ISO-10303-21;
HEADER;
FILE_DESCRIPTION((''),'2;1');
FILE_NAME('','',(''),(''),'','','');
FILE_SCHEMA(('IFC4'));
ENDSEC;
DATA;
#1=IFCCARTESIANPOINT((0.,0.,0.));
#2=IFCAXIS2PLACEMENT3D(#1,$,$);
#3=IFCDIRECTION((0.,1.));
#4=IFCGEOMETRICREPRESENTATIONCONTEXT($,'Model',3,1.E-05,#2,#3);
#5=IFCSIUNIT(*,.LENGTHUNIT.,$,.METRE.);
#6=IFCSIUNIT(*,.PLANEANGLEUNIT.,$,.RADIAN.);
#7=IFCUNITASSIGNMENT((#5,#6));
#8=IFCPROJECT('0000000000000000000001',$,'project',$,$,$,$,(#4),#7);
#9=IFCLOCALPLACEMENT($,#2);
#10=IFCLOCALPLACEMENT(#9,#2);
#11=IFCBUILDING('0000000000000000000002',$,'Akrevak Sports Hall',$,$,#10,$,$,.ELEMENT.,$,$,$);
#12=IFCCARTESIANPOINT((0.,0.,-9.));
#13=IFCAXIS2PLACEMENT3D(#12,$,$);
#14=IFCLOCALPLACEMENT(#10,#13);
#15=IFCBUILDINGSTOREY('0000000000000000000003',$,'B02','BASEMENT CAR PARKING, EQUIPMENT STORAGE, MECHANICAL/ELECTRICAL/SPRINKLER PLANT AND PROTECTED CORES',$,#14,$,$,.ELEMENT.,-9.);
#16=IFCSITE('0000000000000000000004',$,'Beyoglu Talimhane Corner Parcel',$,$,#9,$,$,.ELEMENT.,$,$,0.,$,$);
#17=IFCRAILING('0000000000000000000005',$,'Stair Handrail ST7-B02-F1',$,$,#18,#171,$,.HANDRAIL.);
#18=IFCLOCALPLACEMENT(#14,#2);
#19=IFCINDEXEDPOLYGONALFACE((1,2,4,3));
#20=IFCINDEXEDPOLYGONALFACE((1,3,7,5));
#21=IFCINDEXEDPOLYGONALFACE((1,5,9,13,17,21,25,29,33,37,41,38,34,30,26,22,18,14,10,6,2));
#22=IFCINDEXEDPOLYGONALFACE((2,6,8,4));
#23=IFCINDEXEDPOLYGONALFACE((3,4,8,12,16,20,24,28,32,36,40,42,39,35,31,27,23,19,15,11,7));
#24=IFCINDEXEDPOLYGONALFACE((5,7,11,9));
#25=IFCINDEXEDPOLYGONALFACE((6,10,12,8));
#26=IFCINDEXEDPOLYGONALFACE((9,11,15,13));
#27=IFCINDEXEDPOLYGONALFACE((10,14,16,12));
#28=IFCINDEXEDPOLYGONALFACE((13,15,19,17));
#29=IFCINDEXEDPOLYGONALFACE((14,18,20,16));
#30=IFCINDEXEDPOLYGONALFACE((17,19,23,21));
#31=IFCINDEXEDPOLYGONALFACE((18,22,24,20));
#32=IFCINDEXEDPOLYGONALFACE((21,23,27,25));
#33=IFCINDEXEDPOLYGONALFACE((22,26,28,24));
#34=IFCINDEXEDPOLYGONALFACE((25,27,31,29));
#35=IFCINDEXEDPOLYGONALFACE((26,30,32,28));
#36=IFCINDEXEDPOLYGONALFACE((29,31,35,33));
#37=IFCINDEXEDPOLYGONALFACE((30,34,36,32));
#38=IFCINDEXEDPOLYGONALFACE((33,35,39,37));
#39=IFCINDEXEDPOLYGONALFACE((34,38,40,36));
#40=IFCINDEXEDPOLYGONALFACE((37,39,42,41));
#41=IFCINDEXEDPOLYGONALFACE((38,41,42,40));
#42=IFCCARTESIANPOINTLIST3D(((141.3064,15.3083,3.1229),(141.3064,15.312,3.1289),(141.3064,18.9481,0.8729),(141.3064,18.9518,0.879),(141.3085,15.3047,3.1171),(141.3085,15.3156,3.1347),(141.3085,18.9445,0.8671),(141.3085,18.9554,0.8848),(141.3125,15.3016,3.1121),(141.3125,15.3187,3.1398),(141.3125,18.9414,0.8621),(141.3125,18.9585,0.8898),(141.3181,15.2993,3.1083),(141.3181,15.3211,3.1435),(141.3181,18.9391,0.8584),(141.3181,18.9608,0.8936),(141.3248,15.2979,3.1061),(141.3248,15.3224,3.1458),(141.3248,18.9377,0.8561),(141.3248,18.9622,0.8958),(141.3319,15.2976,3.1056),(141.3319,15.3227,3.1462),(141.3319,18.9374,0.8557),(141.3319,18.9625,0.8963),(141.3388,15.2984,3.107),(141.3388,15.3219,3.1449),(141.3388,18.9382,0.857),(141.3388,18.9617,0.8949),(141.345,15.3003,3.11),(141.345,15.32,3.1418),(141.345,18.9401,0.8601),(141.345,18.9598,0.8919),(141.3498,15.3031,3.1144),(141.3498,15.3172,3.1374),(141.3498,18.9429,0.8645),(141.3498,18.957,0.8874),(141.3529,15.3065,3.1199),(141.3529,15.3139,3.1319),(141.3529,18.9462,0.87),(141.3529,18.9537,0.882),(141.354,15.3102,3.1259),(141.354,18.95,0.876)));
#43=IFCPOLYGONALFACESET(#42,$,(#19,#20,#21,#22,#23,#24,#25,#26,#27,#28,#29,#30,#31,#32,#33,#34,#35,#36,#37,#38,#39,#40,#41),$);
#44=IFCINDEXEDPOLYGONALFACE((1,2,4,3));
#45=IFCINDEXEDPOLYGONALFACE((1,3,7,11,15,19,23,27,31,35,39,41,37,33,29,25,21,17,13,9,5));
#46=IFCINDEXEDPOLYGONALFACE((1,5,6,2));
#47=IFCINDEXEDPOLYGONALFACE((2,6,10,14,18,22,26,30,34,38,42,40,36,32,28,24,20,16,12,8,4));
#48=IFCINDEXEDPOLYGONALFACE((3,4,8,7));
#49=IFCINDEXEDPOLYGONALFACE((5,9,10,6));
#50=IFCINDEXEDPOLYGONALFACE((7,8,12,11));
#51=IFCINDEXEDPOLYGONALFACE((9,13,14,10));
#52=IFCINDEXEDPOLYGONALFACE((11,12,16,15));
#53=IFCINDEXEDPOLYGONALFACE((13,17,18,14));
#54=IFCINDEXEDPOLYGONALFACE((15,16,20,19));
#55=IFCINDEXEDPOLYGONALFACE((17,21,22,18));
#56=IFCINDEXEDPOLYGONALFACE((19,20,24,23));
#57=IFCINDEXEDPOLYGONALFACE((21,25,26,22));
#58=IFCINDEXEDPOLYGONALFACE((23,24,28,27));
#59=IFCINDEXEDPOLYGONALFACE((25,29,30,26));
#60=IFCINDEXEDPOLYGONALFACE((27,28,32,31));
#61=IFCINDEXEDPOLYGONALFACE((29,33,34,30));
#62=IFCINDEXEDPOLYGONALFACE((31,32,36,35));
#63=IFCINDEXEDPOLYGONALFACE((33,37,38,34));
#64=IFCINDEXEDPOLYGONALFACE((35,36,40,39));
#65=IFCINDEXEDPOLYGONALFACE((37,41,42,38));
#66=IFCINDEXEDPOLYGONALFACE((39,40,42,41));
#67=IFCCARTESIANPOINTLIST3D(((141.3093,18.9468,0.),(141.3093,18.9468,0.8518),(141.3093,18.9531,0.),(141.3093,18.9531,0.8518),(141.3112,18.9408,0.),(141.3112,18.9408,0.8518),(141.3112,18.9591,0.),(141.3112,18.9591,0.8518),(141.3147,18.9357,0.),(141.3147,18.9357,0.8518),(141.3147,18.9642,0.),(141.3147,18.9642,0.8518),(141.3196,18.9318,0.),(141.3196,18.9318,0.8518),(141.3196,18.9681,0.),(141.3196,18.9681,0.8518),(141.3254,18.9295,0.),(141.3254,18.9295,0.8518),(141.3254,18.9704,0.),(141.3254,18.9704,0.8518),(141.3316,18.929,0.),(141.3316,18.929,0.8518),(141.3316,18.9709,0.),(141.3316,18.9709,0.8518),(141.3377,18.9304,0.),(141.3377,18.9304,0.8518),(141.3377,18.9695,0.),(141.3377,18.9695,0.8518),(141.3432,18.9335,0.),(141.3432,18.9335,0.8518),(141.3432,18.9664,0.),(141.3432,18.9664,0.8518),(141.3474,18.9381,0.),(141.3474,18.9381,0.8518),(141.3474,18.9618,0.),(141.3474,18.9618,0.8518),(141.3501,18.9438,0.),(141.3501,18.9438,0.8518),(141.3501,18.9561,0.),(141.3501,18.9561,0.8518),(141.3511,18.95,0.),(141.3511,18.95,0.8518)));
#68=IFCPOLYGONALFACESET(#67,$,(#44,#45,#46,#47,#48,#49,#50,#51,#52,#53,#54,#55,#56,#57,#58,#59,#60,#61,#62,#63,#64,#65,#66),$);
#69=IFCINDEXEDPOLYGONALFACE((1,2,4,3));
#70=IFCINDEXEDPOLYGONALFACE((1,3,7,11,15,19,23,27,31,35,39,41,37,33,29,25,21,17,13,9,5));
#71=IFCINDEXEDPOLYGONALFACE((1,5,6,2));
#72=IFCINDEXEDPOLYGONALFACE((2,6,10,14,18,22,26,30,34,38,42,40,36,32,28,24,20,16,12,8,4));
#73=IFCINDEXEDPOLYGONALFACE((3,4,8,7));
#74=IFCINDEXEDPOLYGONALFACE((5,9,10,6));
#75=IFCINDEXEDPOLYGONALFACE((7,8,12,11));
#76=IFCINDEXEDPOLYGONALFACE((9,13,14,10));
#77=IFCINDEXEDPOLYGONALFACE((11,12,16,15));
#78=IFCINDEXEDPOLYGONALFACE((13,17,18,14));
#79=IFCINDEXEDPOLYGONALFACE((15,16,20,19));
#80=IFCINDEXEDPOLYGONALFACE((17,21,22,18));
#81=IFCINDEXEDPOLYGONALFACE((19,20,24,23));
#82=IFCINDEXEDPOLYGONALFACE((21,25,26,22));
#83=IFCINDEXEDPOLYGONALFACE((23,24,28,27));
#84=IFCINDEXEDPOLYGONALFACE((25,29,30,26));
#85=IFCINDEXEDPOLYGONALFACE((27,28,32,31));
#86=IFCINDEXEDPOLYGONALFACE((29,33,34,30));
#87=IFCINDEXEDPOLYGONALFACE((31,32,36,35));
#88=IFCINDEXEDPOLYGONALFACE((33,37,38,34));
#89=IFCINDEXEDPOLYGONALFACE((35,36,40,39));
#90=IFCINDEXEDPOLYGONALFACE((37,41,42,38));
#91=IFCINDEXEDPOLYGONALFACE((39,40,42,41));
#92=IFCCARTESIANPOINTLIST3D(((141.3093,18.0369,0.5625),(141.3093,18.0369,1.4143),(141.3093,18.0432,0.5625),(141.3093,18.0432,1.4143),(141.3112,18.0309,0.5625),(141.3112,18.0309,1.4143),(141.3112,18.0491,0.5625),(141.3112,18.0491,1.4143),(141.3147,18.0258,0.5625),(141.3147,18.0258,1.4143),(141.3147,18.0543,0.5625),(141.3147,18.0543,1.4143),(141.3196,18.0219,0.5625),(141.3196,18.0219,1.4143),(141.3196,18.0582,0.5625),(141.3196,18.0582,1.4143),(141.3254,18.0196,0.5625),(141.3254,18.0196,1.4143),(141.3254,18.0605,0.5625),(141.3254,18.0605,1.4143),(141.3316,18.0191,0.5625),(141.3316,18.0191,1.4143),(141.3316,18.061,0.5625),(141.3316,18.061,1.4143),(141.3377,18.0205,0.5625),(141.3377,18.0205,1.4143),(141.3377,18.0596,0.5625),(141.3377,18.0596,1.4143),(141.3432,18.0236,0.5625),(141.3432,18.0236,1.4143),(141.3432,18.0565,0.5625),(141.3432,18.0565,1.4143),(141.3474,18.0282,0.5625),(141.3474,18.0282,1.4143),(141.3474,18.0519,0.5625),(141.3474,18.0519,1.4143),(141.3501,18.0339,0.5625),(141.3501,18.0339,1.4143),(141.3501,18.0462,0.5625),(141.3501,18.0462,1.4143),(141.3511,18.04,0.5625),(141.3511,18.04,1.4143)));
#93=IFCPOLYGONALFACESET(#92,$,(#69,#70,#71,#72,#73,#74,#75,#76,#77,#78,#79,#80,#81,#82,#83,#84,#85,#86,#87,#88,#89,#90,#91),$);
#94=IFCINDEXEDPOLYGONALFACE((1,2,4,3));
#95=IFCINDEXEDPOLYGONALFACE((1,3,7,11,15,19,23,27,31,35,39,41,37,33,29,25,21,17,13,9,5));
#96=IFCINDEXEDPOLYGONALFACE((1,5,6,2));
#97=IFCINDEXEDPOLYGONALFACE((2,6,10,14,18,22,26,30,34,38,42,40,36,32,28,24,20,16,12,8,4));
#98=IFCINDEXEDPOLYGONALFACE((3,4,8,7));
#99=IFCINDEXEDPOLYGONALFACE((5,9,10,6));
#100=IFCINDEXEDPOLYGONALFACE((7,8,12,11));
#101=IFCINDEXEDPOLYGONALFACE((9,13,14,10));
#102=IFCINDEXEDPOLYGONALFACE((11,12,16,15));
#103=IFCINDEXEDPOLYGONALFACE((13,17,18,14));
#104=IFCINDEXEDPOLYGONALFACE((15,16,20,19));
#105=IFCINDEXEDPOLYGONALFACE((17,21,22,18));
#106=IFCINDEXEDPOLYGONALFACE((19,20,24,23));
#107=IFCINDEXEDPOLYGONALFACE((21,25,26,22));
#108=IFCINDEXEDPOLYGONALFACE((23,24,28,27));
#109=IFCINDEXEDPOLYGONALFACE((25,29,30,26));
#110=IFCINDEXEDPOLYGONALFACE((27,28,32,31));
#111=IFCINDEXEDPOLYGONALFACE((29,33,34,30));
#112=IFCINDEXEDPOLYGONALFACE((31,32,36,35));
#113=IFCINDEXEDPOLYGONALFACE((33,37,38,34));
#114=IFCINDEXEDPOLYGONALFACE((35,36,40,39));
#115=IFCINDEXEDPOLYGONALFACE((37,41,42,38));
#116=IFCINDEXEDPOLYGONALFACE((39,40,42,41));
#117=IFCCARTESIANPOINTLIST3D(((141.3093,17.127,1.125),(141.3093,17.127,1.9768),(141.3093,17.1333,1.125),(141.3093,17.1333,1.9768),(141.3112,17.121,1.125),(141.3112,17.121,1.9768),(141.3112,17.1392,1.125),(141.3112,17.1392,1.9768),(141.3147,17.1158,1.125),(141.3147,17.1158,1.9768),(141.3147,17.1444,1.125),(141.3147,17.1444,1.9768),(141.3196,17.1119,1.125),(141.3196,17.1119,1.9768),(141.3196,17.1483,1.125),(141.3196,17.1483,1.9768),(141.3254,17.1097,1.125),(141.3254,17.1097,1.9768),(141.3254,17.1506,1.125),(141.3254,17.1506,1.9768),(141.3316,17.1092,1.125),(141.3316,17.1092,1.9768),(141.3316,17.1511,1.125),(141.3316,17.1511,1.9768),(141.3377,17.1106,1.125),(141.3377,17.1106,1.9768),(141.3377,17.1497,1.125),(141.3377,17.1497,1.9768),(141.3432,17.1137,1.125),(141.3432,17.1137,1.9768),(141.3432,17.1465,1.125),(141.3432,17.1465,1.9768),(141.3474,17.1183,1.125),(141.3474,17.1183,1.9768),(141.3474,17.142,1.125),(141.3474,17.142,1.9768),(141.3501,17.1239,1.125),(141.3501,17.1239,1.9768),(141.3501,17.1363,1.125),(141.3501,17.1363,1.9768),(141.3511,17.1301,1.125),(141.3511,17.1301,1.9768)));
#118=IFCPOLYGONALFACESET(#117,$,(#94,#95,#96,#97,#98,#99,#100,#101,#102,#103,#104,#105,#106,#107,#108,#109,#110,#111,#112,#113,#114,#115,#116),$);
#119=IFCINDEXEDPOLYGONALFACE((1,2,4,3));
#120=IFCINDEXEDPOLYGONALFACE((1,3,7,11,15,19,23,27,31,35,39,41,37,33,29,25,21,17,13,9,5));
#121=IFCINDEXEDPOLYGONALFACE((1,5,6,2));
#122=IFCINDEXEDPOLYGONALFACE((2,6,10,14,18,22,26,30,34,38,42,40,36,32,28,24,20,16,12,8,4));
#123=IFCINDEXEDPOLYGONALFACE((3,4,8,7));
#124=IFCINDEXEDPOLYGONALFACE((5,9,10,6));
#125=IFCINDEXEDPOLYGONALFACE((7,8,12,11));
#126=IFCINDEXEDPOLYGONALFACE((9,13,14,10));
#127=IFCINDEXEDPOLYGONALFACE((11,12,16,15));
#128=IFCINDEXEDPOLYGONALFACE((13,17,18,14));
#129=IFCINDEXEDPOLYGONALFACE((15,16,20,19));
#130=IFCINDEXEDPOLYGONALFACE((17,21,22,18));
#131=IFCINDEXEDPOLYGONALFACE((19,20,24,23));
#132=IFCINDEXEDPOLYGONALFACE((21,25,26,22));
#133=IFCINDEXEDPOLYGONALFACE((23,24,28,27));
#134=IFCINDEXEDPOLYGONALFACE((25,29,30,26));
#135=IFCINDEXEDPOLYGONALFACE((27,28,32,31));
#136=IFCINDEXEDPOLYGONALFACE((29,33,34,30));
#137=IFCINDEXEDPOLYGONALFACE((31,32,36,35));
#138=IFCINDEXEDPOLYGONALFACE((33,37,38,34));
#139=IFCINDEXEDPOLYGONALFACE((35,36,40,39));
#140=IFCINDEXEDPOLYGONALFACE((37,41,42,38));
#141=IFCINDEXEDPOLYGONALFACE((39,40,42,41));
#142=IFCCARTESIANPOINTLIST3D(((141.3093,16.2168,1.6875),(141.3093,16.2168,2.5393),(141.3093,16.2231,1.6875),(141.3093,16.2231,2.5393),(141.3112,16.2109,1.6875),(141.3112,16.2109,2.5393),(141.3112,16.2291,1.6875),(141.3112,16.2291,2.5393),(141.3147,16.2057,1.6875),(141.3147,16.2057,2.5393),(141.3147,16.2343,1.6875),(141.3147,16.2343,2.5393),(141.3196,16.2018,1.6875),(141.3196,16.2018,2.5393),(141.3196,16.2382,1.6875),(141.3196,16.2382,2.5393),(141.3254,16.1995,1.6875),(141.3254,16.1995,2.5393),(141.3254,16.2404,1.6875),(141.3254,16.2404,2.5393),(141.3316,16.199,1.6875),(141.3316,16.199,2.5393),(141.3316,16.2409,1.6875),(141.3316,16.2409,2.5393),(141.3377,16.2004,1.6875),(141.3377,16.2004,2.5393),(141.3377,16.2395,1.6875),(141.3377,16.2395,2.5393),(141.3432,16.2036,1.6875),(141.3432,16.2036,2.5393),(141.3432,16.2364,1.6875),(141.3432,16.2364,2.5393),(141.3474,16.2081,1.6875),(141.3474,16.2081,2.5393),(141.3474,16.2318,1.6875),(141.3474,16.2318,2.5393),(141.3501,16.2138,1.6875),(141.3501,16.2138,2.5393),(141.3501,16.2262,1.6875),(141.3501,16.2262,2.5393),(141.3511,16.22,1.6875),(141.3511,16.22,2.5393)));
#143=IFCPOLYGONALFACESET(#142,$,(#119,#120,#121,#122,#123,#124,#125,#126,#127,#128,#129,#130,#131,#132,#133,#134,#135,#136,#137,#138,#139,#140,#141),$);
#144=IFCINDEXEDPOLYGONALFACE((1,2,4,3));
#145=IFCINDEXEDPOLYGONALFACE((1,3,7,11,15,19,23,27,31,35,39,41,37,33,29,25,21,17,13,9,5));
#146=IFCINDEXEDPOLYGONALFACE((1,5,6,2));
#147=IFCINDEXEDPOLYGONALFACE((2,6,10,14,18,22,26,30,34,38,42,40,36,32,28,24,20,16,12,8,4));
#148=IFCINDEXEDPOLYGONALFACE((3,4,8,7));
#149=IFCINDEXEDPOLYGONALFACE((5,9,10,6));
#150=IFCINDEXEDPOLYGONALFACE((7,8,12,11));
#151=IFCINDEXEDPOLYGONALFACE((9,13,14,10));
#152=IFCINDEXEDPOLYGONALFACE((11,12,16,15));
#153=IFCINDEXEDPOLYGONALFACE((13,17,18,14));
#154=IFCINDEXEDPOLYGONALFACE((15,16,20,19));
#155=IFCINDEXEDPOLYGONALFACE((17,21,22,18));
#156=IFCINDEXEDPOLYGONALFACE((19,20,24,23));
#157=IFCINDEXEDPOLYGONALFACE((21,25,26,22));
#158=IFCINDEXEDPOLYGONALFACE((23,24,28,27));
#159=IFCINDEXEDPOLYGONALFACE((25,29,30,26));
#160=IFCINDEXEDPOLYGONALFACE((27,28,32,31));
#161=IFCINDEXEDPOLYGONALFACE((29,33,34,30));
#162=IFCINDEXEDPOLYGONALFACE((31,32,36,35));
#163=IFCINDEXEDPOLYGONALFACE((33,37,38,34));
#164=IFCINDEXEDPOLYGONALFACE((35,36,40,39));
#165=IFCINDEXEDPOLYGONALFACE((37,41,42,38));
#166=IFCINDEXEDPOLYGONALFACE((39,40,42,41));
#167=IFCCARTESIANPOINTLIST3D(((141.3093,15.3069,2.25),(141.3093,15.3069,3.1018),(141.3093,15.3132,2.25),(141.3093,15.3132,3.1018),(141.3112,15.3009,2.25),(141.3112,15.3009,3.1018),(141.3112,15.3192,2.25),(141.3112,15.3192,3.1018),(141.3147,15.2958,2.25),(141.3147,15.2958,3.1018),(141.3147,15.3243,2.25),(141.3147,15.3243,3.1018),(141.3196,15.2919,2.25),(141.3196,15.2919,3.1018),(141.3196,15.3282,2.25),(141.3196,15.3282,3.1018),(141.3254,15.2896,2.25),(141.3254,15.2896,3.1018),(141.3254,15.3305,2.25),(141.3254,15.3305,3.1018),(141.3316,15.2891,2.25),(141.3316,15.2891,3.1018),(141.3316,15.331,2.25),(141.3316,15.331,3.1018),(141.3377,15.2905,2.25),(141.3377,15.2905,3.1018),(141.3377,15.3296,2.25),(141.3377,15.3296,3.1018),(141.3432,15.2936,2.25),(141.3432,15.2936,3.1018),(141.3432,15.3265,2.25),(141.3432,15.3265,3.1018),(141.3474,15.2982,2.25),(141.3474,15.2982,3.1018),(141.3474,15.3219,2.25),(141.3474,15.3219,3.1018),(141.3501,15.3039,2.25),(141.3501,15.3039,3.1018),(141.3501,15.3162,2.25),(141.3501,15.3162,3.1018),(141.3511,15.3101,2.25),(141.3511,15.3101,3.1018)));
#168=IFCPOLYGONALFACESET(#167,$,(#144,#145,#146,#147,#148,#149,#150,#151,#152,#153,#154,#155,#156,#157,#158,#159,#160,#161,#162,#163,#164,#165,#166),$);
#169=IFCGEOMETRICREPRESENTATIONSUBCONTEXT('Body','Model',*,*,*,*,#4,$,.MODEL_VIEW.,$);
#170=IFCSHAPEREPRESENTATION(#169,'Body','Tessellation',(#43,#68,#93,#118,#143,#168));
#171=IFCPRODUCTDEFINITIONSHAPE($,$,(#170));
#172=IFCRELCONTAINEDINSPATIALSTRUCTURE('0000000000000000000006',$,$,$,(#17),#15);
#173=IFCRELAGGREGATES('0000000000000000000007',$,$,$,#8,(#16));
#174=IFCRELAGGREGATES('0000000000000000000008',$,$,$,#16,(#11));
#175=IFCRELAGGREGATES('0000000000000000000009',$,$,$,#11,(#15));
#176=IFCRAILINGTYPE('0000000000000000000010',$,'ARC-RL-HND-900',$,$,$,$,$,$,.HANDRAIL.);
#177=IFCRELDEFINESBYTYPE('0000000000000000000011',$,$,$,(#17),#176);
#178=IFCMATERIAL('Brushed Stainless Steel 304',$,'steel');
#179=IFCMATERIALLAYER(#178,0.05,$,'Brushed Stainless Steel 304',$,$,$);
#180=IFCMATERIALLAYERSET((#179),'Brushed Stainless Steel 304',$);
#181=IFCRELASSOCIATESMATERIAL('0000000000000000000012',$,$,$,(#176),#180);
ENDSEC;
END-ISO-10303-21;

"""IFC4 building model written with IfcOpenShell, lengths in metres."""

from ifc_helpers import new_model, si_unit, direction, frame, origin, origin_2d, place, context, subcontext, project, spatial, circle, extrude, material, layer, layer_set, type_object, element, save


model = new_model("IFC4")

# Units and contexts
model_context = context("Model", 3, precision=1e-05, world=origin(), true_north=direction((0.0, 1.0)))
body_context = subcontext(model_context, "Body", "Model", "MODEL_VIEW")
ifc_project = project(units=[si_unit("LENGTHUNIT", "METRE"), si_unit("PLANEANGLEUNIT", "RADIAN")], contexts=[model_context])

# Site, building, storey
site_placement = place(None, origin())
site = spatial("IfcSite", under=ifc_project, at=site_placement, Name="Beyoglu Talimhane Corner Parcel", CompositionType="ELEMENT", RefElevation=0.0)
building_placement = place(site_placement, origin())
building = spatial("IfcBuilding", under=site, at=building_placement, Name="Akrevak Sports Hall", CompositionType="ELEMENT")
storey_placement = place(building_placement, frame((0.0, 0.0, -9.0)))
storey = spatial("IfcBuildingStorey", under=building, at=storey_placement, Name="B02", Description="BASEMENT CAR PARKING, EQUIPMENT STORAGE, MECHANICAL/ELECTRICAL/SPRINKLER PLANT AND PROTECTED CORES", CompositionType="ELEMENT", Elevation=-9.0)

# Railing
ifc_material_1 = material(Name="Brushed Stainless Steel 304", Category="steel")
ifc_layer_1 = layer(ifc_material_1, 0.05, Name="Brushed Stainless Steel 304")
ifc_layer_set_1 = layer_set([ifc_layer_1], Name="Brushed Stainless Steel 304")
railing_type_1 = type_object("IfcRailingType", Name="ARC-RL-HND-900", PredefinedType="HANDRAIL", material=ifc_layer_set_1)
railing_1_placement = place(storey_placement, frame((141.3301, 18.95, 0.0)))
element("IfcRailing", 1, at=railing_1_placement, inside=storey, type_object=railing_type_1, Name="Stair Handrail ST7-B02-F1", PredefinedType="HANDRAIL", context=body_context, shape_type="SweptSolid", body=[
    extrude(circle(Radius=0.0239, at=origin_2d()), frame((0.0, 0.0, 0.876), z_axis=(0.0, -0.850607, 0.525803), x_axis=(1.0, 0.0, 0.0)), (0.0, 0.0, 1.0), 4.2791),
    extrude(circle(Radius=0.021, at=origin_2d()), origin(), (0.0, 0.0, 1.0), 0.8518),
    extrude(circle(Radius=0.021, at=origin_2d()), frame((0.0, -0.9099, 0.5625)), (0.0, 0.0, 1.0), 0.8518),
    extrude(circle(Radius=0.021, at=origin_2d()), frame((0.0, -1.8198, 1.125)), (0.0, 0.0, 1.0), 0.8518),
    extrude(circle(Radius=0.021, at=origin_2d()), frame((0.0, -2.73, 1.6875)), (0.0, 0.0, 1.0), 0.8518),
    extrude(circle(Radius=0.021, at=origin_2d()), frame((0.0, -3.6399, 2.25)), (0.0, 0.0, 1.0), 0.8518),
])

save(model, "model.ifc")
